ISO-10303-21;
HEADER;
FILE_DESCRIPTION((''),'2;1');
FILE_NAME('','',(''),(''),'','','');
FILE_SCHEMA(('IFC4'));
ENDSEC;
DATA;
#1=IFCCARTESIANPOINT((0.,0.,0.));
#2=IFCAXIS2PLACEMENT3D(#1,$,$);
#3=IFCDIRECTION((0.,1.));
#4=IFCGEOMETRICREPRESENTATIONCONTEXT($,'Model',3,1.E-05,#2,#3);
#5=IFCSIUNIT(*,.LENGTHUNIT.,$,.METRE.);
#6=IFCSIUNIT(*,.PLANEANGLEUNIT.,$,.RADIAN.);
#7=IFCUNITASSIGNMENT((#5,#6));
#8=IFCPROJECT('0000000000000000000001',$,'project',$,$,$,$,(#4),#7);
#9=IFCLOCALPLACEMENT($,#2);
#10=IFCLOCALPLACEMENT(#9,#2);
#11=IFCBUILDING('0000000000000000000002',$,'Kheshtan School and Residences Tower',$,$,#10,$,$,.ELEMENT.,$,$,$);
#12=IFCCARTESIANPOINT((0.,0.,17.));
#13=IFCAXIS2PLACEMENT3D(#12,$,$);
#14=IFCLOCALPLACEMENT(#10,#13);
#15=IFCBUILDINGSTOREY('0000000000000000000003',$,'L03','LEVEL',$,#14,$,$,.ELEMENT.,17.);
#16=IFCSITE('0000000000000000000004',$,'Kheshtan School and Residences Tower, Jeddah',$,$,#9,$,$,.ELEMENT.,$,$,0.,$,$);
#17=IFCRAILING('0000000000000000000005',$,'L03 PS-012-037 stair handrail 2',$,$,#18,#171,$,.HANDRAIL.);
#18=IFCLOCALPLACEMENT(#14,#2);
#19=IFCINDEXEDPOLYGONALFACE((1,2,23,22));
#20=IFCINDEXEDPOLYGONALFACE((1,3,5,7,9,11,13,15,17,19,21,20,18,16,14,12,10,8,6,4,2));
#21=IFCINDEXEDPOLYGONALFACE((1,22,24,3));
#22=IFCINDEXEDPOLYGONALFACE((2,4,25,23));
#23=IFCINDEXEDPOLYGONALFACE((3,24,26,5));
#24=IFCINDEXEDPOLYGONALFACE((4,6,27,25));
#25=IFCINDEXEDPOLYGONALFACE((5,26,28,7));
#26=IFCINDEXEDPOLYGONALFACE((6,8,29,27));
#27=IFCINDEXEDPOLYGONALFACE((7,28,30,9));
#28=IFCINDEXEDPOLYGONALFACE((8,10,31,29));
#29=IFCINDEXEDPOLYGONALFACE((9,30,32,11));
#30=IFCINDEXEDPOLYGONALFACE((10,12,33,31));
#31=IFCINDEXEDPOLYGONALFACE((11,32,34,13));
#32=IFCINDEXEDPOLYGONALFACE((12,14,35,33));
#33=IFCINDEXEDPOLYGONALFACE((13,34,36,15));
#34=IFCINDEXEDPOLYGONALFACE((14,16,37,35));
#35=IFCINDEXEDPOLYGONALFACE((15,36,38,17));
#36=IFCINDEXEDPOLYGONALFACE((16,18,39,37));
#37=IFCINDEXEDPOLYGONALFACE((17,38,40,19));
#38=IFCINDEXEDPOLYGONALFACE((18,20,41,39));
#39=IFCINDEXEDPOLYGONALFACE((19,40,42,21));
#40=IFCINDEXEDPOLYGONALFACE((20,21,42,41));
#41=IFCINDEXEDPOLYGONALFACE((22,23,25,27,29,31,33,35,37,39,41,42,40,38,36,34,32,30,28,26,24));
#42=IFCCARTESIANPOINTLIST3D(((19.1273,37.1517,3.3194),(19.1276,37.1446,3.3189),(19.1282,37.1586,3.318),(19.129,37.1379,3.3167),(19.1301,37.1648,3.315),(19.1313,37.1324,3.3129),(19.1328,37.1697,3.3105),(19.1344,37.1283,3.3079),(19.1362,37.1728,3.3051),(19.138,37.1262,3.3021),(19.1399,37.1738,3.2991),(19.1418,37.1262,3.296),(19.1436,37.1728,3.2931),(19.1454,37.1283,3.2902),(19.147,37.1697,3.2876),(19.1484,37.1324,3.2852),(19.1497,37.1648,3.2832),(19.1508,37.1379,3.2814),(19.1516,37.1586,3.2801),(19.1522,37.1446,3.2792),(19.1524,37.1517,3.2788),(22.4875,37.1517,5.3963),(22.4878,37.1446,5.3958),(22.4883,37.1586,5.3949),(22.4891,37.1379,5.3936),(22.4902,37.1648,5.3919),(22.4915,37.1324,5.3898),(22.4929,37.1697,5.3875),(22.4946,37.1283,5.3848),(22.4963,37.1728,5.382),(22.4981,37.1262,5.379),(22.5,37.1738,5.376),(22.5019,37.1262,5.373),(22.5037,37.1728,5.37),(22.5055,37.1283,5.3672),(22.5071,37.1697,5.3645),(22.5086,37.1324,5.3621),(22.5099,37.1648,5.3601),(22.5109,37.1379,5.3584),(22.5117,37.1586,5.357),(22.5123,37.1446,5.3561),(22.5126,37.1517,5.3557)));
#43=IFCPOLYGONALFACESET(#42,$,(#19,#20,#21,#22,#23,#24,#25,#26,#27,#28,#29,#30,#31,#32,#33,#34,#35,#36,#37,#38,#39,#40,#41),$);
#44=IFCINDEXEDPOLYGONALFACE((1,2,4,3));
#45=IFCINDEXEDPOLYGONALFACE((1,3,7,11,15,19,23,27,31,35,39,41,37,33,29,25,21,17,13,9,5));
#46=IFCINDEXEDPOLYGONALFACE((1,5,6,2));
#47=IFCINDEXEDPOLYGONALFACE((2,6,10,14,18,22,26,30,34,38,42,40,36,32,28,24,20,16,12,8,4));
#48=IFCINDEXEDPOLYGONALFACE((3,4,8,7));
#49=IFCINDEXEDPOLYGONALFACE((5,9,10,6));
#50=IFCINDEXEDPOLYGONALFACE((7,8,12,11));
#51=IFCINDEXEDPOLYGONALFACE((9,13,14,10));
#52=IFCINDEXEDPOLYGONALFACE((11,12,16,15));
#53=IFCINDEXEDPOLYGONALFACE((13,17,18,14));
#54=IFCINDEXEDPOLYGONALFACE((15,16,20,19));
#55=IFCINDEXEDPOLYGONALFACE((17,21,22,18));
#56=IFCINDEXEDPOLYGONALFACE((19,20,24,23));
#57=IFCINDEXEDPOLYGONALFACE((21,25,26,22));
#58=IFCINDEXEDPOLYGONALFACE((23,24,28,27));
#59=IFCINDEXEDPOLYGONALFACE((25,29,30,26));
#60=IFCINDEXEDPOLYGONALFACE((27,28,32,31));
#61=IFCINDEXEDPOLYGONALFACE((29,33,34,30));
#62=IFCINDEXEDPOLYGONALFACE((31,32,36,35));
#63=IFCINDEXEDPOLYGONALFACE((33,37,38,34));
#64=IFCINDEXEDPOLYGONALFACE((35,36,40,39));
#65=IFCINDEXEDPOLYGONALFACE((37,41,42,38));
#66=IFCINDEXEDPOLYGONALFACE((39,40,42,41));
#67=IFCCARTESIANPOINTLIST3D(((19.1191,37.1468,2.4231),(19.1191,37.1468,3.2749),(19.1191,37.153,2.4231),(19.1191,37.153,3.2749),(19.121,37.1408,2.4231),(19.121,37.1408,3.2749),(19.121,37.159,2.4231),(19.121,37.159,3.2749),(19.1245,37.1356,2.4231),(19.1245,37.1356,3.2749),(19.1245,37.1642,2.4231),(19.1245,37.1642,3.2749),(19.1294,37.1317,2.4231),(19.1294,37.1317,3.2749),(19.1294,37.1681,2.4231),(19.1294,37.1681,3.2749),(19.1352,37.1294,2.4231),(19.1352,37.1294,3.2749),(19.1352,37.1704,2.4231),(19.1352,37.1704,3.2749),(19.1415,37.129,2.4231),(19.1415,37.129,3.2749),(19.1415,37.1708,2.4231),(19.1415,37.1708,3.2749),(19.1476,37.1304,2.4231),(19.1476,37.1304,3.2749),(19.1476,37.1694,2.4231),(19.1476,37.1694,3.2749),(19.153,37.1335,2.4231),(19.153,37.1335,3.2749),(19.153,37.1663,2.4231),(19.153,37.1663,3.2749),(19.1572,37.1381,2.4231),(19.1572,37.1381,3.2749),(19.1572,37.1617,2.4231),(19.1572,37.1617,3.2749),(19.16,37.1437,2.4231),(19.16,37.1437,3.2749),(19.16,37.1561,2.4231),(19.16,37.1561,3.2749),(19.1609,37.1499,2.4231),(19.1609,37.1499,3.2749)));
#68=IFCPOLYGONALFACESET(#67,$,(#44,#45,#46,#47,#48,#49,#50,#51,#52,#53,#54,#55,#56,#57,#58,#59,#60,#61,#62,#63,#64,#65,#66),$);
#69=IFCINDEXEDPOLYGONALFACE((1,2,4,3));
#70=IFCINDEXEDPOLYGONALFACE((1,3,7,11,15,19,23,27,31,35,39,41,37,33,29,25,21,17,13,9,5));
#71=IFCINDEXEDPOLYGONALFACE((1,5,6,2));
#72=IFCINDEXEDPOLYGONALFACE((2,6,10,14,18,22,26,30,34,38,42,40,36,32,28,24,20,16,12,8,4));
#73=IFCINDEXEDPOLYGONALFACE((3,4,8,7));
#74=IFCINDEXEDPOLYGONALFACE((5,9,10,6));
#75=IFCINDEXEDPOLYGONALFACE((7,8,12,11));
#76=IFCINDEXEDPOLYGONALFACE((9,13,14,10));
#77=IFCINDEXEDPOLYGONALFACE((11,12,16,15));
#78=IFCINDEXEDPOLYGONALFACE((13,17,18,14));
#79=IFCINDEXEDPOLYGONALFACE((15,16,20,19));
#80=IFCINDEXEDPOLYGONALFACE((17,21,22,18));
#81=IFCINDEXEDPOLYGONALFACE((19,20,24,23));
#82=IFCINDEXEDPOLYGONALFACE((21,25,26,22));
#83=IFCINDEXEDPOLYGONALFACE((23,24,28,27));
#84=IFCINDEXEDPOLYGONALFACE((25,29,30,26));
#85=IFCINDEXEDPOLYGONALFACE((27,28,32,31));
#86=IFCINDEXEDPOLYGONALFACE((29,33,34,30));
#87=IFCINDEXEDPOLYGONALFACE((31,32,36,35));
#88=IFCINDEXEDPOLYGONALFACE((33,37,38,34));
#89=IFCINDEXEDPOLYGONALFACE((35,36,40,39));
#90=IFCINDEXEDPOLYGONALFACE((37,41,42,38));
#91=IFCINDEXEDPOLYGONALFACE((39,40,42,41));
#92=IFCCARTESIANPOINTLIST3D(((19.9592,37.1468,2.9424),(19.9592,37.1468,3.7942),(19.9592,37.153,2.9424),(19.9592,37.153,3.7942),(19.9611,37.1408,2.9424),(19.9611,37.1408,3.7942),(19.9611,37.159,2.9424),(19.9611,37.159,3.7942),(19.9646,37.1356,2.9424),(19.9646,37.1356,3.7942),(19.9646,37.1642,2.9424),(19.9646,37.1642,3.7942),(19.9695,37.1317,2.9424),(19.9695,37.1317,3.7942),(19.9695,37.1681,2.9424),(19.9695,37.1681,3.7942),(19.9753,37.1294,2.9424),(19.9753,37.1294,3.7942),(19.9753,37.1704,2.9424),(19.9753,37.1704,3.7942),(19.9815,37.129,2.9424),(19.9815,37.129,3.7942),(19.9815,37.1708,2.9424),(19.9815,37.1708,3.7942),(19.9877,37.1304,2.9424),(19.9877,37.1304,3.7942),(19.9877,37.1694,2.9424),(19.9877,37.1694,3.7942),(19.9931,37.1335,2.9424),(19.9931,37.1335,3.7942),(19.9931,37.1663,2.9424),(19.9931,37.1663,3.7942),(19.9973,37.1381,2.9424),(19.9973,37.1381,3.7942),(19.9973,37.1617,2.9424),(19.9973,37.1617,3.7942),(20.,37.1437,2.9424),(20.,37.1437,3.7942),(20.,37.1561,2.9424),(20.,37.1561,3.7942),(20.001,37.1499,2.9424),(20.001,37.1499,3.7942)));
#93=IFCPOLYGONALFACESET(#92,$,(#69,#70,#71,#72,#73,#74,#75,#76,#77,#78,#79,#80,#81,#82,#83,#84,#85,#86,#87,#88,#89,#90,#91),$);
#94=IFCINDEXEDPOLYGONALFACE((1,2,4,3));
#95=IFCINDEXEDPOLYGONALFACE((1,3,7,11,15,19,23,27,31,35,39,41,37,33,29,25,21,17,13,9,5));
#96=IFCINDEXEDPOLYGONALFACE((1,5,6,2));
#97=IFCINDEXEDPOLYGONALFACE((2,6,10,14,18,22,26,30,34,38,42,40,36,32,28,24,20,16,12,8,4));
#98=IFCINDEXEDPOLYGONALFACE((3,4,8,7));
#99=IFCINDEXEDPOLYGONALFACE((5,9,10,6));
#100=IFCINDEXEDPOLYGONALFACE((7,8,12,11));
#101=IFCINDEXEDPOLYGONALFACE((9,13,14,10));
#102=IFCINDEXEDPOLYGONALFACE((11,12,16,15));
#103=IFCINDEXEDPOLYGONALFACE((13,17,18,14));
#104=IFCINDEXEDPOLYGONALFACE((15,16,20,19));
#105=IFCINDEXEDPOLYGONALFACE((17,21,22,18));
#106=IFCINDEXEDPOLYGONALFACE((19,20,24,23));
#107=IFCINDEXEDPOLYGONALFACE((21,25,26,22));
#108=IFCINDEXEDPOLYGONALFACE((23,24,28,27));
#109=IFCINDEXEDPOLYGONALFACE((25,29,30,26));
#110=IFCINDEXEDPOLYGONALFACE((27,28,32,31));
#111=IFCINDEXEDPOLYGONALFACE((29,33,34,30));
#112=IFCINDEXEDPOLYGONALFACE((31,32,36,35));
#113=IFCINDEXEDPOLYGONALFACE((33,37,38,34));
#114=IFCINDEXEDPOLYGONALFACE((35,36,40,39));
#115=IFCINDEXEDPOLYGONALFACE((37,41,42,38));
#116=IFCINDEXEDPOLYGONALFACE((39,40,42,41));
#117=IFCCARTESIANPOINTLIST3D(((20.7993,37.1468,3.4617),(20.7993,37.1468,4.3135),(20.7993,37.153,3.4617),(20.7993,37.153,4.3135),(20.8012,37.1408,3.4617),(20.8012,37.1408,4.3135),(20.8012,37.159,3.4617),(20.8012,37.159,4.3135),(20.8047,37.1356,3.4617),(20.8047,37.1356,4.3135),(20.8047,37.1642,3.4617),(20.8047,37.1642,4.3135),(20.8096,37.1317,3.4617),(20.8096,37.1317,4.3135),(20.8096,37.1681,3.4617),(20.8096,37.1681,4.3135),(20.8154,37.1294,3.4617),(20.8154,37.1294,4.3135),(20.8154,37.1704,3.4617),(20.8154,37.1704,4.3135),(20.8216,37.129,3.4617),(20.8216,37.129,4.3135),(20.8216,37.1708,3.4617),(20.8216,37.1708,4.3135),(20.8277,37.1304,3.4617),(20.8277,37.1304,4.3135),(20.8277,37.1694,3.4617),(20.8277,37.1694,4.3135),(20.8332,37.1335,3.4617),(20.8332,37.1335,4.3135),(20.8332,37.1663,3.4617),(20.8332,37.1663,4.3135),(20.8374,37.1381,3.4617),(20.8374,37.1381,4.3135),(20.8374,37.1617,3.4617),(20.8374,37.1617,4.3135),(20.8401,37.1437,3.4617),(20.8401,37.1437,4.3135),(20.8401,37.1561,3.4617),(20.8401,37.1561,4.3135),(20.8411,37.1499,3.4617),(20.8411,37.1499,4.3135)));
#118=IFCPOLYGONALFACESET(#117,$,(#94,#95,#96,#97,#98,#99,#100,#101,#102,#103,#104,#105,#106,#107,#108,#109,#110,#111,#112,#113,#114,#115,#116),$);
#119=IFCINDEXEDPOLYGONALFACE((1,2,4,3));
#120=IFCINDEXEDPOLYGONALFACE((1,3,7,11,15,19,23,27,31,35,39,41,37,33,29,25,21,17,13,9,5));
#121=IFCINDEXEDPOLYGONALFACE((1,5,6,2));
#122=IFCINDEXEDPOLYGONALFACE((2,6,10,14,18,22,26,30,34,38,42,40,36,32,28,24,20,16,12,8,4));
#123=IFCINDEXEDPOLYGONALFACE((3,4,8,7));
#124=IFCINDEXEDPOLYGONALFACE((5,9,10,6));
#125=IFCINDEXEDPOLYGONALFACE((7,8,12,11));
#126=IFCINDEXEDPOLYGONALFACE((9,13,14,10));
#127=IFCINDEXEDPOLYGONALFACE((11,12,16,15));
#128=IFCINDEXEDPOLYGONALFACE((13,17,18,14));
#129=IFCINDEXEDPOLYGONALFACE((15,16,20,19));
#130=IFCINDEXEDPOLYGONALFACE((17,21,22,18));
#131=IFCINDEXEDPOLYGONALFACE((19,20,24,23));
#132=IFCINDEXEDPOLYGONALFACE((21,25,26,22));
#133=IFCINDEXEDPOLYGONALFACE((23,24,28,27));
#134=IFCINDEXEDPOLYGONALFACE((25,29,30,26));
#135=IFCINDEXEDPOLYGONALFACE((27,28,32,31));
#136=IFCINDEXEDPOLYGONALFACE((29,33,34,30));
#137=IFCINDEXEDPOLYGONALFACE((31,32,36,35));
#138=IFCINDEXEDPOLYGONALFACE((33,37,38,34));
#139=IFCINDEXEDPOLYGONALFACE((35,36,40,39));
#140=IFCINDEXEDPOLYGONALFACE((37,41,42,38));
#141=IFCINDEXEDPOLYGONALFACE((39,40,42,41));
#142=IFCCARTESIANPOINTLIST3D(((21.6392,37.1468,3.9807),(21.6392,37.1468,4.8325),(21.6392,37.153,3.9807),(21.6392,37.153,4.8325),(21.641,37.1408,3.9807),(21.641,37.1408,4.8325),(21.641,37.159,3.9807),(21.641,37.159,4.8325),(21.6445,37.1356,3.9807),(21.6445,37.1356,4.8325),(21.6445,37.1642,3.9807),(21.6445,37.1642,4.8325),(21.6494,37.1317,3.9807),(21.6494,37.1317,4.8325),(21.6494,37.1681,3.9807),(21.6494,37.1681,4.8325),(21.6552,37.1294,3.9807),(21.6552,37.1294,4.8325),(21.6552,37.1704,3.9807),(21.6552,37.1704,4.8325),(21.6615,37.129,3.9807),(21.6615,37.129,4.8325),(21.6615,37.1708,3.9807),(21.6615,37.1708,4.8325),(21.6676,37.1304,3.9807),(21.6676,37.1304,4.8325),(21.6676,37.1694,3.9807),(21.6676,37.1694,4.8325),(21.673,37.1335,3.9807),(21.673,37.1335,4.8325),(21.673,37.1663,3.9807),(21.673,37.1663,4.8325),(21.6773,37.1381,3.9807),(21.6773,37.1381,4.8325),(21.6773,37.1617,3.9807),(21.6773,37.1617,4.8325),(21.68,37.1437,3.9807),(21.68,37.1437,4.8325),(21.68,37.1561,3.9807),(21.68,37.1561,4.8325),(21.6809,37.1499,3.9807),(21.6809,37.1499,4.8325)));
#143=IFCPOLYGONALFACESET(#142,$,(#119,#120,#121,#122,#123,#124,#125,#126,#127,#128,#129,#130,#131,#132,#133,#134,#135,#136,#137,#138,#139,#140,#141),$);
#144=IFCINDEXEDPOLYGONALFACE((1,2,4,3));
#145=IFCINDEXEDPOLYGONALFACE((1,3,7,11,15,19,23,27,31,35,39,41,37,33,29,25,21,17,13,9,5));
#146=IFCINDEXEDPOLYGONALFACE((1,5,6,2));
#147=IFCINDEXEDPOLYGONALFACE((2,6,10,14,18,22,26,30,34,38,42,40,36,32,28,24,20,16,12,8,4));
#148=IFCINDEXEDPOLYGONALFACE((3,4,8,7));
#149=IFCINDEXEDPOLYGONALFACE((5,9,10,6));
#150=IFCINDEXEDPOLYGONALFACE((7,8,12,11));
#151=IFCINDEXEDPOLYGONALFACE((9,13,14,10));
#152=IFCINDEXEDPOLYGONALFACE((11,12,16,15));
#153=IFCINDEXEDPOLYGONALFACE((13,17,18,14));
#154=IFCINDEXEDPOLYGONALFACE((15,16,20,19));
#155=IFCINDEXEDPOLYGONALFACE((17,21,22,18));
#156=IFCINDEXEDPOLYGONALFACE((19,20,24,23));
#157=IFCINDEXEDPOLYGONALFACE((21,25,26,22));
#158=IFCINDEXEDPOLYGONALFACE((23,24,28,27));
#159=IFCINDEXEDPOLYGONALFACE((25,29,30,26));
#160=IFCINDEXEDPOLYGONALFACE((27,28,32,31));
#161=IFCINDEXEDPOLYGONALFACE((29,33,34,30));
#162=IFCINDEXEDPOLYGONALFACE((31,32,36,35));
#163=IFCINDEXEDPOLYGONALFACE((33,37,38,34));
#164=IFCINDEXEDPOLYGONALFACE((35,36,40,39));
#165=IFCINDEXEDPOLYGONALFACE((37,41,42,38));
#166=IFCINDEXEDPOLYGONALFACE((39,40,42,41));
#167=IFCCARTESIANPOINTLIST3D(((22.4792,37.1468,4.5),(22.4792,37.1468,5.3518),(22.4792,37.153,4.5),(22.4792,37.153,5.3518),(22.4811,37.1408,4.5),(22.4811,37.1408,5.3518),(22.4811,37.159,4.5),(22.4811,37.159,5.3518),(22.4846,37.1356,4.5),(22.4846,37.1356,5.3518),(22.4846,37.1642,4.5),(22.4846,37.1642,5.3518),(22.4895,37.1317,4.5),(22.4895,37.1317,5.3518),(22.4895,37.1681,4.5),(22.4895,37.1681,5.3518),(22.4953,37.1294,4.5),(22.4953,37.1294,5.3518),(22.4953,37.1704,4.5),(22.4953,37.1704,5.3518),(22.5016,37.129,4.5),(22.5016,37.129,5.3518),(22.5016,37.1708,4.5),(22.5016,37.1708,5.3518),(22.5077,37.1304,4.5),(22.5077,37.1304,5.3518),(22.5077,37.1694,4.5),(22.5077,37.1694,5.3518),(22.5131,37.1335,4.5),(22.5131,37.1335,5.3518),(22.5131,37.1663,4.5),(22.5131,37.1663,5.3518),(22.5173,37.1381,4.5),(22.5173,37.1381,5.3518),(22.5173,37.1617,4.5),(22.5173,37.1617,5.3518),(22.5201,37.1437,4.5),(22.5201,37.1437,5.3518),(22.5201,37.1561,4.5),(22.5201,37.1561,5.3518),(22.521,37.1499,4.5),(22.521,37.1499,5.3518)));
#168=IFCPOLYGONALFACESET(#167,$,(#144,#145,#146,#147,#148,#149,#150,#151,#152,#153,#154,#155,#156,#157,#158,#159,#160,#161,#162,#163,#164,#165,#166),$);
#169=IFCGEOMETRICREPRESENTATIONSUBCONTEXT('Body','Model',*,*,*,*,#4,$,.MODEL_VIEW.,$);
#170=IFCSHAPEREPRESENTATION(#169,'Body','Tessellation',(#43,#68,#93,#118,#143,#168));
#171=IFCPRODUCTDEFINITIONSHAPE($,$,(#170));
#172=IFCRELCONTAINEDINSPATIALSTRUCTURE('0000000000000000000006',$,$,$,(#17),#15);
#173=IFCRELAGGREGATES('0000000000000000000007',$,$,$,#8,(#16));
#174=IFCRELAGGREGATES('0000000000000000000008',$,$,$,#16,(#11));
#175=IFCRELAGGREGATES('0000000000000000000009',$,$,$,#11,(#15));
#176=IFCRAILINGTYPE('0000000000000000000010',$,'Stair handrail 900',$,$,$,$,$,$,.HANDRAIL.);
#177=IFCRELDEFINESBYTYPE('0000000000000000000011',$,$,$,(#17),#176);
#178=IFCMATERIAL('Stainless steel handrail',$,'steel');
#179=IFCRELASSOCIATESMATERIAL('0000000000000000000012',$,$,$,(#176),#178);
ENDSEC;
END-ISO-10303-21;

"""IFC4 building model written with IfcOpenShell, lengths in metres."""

from ifc_helpers import new_model, si_unit, direction, frame, origin, origin_2d, place, context, subcontext, project, spatial, circle, extrude, material, type_object, element, save


model = new_model("IFC4")

# Units and contexts
model_context = context("Model", 3, precision=1e-05, world=origin(), true_north=direction((0.0, 1.0)))
body_context = subcontext(model_context, "Body", "Model", "MODEL_VIEW")
ifc_project = project(units=[si_unit("LENGTHUNIT", "METRE"), si_unit("PLANEANGLEUNIT", "RADIAN")], contexts=[model_context])

# Site, building, storey
site_placement = place(None, origin())
site = spatial("IfcSite", under=ifc_project, at=site_placement, Name="Kheshtan School and Residences Tower, Jeddah", CompositionType="ELEMENT", RefElevation=0.0)
building_placement = place(site_placement, origin())
building = spatial("IfcBuilding", under=site, at=building_placement, Name="Kheshtan School and Residences Tower", CompositionType="ELEMENT")
storey_placement = place(building_placement, frame((0.0, 0.0, 17.0)))
storey = spatial("IfcBuildingStorey", under=building, at=storey_placement, Name="L03", Description="LEVEL", CompositionType="ELEMENT", Elevation=17.0)

# Railing
ifc_material_1 = material(Name="Stainless steel handrail", Category="steel")
railing_type_1 = type_object("IfcRailingType", Name="Stair handrail 900", PredefinedType="HANDRAIL", material=ifc_material_1)
railing_1_placement = place(storey_placement, frame((19.1399, 37.1499, 2.4231)))
element("IfcRailing", 1, at=railing_1_placement, inside=storey, type_object=railing_type_1, Name="L03 PS-012-037 stair handrail 2", PredefinedType="HANDRAIL", context=body_context, shape_type="SweptSolid", body=[
    extrude(circle(Radius=0.0239, at=origin_2d()), frame((0.0, 0.0, 0.876), z_axis=(0.850623, 0.0, 0.525776), x_axis=(0.0, 1.0, 0.0)), (0.0, 0.0, 1.0), 3.9502),
    extrude(circle(Radius=0.021, at=origin_2d()), origin(), (0.0, 0.0, 1.0), 0.8518),
    extrude(circle(Radius=0.021, at=origin_2d()), frame((0.8401, 0.0, 0.5193)), (0.0, 0.0, 1.0), 0.8518),
    extrude(circle(Radius=0.021, at=origin_2d()), frame((1.6802, 0.0, 1.0386)), (0.0, 0.0, 1.0), 0.8518),
    extrude(circle(Radius=0.021, at=origin_2d()), frame((2.52, 0.0, 1.5576)), (0.0, 0.0, 1.0), 0.8518),
    extrude(circle(Radius=0.021, at=origin_2d()), frame((3.3601, 0.0, 2.0769)), (0.0, 0.0, 1.0), 0.8518),
])

save(model, "model.ifc")
